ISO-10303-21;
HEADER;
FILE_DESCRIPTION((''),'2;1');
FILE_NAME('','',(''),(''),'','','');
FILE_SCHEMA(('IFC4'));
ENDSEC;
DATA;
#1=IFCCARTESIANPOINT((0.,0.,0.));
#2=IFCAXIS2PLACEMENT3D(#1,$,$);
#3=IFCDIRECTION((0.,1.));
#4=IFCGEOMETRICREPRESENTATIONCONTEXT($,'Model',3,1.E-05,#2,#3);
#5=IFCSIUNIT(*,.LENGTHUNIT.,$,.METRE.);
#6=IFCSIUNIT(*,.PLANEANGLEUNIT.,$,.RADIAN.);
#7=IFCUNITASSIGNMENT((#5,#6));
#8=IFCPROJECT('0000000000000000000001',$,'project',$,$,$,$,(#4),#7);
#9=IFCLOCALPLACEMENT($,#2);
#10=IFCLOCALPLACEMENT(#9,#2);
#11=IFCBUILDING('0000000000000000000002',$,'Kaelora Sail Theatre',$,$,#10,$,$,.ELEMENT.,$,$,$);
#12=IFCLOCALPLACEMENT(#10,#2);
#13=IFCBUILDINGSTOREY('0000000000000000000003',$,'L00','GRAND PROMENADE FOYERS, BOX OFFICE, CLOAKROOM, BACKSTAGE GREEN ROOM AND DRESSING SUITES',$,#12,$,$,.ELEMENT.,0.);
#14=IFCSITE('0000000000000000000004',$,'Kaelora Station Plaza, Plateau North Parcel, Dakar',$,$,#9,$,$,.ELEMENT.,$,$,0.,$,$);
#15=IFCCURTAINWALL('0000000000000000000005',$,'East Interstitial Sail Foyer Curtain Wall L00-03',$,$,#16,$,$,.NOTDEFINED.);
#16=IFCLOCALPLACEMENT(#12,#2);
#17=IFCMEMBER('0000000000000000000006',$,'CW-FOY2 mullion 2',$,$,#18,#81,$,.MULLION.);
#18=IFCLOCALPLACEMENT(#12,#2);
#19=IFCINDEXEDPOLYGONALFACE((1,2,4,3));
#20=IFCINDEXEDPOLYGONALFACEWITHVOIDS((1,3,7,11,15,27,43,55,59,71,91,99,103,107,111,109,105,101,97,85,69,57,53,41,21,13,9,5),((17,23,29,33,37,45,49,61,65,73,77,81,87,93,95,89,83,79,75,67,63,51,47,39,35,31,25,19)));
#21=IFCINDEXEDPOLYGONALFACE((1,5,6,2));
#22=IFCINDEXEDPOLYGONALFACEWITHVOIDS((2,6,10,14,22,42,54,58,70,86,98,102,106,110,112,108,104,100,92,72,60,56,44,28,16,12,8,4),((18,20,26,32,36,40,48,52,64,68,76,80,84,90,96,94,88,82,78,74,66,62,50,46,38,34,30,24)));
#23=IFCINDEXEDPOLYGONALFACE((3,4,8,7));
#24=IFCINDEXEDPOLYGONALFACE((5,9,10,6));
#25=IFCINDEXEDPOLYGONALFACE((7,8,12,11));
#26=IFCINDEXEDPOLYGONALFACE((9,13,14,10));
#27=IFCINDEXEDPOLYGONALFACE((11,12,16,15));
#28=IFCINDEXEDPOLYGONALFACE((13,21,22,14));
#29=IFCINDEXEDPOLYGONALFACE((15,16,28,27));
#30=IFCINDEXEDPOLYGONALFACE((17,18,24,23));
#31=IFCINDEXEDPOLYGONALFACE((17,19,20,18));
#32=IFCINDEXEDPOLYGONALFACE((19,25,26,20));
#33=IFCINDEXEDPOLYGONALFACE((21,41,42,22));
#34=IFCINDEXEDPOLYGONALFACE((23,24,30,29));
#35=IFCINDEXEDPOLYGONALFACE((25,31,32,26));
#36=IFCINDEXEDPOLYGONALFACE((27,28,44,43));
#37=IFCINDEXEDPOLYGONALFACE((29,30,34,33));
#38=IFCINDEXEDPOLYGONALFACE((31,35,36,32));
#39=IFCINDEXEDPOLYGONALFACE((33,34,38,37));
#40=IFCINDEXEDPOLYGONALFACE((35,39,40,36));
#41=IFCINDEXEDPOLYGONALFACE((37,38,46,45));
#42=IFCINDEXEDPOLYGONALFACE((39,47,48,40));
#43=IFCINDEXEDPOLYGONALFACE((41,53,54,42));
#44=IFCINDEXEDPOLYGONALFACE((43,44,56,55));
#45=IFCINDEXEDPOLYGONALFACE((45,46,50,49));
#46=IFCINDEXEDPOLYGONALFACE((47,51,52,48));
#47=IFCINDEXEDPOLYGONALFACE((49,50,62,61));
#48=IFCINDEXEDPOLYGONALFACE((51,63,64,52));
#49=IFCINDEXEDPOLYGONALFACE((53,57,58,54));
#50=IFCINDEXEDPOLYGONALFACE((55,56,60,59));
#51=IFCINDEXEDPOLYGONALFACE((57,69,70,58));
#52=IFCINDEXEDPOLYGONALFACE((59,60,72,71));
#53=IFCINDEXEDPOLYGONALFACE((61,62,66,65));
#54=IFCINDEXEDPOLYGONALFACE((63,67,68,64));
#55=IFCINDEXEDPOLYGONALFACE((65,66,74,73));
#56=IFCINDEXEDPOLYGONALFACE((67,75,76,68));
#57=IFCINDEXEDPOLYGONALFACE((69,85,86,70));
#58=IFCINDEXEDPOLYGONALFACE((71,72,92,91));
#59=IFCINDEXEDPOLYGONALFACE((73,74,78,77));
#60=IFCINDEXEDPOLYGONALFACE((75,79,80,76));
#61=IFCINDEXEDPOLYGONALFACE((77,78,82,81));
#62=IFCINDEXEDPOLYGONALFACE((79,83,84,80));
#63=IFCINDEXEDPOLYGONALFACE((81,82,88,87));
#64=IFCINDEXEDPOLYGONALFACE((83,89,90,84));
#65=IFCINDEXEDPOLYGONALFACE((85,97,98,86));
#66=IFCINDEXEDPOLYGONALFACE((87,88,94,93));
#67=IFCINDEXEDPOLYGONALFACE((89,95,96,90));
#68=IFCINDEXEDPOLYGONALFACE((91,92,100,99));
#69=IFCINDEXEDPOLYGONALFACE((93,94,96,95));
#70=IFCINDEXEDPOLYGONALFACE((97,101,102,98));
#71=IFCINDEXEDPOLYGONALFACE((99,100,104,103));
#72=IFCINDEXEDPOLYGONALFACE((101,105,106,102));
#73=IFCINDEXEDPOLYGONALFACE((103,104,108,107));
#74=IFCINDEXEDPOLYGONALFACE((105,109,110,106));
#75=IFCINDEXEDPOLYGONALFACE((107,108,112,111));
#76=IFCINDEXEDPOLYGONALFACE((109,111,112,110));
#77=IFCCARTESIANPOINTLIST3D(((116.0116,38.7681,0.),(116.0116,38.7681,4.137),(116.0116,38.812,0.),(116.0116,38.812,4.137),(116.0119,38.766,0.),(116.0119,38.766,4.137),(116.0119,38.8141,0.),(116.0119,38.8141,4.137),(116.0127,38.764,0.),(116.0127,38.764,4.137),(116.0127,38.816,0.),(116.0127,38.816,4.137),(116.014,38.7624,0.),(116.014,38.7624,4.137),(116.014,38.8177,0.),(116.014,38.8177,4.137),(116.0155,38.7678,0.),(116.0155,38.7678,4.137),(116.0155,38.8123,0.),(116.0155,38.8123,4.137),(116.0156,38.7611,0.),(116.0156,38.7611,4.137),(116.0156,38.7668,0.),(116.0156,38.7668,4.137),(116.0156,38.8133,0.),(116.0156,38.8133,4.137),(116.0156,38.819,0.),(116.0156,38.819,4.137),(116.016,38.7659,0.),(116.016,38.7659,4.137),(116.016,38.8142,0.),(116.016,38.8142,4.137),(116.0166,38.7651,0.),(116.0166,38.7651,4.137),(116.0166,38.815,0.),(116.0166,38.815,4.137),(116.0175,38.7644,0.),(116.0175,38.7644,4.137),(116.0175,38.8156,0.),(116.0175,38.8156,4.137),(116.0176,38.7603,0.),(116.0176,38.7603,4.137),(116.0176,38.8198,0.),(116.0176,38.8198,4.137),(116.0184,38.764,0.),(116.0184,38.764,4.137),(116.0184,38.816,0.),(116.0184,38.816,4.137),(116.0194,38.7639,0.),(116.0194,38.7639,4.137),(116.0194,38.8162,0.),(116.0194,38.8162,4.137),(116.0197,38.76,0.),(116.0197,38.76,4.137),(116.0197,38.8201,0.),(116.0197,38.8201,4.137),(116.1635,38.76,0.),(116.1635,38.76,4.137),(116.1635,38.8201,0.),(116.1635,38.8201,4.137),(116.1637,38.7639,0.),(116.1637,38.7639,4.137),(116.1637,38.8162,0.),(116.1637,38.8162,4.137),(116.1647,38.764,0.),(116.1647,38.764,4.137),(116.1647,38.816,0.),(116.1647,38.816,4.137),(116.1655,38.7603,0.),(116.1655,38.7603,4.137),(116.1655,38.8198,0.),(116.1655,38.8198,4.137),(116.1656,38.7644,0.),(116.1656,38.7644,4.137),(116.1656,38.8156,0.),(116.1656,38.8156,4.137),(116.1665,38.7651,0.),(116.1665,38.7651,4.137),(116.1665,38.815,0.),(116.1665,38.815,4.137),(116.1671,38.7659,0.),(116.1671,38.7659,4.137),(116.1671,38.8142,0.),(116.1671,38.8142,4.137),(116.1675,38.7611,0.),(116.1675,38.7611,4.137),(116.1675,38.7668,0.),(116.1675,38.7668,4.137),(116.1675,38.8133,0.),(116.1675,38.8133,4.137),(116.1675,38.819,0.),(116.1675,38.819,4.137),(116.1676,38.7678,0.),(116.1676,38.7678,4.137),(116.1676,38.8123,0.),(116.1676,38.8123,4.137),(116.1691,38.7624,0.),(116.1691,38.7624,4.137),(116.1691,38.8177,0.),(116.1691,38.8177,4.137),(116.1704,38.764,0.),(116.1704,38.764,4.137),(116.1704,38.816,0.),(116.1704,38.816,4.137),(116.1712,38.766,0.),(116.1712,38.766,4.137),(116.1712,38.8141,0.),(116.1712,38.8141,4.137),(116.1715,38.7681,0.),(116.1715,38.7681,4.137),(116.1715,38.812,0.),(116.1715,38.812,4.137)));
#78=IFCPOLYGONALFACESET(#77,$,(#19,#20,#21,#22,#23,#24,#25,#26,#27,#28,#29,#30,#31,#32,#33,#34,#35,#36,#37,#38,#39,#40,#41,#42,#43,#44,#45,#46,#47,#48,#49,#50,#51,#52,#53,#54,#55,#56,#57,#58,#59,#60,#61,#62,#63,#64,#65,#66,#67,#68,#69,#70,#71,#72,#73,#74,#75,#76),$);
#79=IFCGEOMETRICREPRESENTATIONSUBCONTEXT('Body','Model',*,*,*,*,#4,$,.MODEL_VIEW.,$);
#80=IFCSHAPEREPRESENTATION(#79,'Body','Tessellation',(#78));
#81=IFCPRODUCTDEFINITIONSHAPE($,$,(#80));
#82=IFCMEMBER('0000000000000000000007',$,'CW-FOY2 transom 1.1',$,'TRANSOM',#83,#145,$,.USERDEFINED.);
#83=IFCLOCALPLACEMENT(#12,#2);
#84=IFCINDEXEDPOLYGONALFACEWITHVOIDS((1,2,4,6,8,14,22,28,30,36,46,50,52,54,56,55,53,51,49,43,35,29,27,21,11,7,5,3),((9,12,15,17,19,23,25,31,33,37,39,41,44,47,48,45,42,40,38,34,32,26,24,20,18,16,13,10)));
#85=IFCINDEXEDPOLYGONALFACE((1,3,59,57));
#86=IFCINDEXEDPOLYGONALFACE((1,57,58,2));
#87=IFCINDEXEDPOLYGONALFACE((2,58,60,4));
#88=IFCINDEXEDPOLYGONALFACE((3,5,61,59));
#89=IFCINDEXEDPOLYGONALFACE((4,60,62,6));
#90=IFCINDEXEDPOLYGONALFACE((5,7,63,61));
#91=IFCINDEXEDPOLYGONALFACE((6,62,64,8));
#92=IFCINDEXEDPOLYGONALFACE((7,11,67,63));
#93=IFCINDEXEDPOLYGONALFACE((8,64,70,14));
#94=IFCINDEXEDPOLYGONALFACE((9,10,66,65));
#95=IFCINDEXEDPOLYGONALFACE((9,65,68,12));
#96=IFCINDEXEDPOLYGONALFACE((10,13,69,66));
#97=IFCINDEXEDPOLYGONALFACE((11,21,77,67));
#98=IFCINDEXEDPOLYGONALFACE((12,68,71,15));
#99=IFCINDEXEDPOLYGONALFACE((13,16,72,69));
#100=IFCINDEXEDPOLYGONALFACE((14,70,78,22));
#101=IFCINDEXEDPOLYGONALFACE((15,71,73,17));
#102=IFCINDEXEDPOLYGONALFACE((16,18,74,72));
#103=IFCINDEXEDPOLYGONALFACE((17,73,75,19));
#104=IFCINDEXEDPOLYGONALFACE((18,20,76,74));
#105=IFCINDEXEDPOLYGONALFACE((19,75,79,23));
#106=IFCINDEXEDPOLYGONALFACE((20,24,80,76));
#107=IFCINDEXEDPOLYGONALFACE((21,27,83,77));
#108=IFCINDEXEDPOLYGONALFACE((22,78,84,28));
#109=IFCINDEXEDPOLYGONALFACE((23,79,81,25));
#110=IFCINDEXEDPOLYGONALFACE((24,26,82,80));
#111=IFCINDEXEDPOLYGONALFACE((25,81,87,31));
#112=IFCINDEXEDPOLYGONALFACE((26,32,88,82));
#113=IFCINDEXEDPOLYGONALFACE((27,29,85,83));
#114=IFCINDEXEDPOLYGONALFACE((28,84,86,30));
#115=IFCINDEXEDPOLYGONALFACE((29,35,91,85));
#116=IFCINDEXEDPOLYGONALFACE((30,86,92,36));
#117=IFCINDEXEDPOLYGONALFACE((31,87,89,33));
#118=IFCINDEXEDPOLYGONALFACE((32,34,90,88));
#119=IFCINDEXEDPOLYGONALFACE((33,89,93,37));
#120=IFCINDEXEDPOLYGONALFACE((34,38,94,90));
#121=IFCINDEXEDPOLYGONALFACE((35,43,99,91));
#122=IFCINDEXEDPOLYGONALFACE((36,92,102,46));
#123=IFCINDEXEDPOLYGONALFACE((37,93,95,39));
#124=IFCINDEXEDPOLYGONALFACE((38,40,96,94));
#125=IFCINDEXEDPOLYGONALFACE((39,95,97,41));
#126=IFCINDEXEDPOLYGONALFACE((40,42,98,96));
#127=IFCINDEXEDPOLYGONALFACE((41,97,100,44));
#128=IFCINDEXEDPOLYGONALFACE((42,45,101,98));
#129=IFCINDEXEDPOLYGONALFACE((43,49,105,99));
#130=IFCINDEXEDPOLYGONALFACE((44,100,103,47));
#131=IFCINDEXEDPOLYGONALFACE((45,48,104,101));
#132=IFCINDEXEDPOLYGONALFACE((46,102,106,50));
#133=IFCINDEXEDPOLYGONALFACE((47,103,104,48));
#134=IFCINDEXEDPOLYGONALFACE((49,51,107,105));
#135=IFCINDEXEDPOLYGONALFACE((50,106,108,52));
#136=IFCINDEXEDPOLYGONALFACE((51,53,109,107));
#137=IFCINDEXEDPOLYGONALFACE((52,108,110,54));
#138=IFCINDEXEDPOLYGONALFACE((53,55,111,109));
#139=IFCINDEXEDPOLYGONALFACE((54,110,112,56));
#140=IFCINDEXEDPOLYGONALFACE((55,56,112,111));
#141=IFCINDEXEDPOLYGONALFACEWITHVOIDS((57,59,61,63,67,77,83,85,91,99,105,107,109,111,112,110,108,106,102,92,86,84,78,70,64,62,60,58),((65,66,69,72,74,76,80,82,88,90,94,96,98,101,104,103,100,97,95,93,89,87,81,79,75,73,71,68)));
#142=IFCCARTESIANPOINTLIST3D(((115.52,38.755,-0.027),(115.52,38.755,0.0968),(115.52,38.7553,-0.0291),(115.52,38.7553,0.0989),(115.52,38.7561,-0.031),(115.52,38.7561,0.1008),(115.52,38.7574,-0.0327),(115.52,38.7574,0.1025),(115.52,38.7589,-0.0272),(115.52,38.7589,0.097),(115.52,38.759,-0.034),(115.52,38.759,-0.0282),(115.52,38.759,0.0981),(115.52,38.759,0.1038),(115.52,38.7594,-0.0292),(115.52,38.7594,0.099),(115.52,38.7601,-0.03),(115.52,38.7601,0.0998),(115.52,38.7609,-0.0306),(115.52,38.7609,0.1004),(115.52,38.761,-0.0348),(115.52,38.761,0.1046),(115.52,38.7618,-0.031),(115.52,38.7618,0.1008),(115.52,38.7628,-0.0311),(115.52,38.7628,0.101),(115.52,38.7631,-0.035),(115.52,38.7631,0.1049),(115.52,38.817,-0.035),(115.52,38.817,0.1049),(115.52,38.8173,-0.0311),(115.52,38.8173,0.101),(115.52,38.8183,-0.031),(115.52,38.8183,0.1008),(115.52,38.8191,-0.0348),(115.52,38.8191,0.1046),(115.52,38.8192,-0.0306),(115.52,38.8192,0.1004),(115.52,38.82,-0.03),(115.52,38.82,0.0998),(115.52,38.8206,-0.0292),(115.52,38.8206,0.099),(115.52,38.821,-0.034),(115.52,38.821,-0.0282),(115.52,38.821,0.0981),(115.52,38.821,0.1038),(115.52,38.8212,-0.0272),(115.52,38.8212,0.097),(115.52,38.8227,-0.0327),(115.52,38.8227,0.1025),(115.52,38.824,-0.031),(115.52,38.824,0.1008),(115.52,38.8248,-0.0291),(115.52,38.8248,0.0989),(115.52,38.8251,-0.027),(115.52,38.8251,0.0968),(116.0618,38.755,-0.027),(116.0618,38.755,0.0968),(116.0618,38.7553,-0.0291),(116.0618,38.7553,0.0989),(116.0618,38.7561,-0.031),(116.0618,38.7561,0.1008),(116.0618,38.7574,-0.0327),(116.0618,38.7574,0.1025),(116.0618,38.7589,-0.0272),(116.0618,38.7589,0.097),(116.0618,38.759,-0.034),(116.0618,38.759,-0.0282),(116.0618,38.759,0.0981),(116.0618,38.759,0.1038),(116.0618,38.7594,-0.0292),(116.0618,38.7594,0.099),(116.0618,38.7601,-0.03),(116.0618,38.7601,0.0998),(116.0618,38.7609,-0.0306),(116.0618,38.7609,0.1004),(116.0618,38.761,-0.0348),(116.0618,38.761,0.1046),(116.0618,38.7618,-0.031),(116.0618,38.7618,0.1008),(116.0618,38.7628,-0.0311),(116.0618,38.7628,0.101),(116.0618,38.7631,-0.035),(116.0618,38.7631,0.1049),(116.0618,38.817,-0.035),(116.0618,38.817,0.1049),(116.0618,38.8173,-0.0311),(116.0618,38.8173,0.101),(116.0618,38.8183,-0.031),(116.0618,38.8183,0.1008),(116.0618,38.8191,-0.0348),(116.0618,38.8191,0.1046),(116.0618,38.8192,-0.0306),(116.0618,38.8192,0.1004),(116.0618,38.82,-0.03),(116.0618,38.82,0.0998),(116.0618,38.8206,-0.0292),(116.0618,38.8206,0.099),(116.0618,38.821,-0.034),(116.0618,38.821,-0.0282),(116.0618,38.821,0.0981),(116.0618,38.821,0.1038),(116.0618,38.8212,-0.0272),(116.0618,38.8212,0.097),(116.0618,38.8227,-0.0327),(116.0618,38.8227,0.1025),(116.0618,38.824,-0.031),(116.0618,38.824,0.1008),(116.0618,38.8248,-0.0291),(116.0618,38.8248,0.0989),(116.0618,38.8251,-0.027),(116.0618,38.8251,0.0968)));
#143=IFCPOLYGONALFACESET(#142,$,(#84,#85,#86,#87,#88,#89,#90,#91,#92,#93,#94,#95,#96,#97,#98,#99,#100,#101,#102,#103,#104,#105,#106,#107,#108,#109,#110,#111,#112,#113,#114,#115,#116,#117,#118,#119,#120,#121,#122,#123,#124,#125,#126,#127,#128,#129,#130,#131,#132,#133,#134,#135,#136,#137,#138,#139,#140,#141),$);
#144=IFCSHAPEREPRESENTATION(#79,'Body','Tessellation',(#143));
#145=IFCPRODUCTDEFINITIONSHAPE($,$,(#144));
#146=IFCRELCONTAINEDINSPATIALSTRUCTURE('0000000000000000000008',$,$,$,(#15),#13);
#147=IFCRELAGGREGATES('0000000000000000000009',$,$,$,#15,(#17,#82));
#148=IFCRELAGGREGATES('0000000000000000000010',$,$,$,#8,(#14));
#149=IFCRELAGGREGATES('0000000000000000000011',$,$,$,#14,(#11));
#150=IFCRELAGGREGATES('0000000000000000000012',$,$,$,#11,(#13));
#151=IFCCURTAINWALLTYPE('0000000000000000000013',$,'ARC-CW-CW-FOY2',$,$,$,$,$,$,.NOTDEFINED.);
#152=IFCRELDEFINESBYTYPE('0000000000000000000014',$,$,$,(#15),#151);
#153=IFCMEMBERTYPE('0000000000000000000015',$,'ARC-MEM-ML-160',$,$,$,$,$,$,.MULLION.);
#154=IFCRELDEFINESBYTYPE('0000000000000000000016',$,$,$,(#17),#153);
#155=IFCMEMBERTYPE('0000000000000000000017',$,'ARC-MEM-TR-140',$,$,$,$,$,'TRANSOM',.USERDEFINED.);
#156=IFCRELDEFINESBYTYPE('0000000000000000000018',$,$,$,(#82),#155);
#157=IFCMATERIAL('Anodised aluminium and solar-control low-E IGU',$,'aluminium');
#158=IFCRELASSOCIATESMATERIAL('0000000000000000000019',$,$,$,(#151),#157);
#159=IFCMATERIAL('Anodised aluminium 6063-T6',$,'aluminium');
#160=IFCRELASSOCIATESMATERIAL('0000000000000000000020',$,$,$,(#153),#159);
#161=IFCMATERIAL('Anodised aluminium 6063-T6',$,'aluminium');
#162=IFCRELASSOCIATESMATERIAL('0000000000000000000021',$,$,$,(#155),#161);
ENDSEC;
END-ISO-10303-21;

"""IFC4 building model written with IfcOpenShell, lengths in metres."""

from ifc_helpers import new_model, si_unit, direction, frame, origin, origin_2d, place, context, subcontext, project, spatial, hollow_rectangle, extrude, material, material_profile, profile_set, type_object, element, aggregate, save


model = new_model("IFC4")

# Units and contexts
model_context = context("Model", 3, precision=1e-05, world=origin(), true_north=direction((0.0, 1.0)))
body_context = subcontext(model_context, "Body", "Model", "MODEL_VIEW")
ifc_project = project(units=[si_unit("LENGTHUNIT", "METRE"), si_unit("PLANEANGLEUNIT", "RADIAN")], contexts=[model_context])

# Site, building, storey
site_placement = place(None, origin())
site = spatial("IfcSite", under=ifc_project, at=site_placement, Name="Kaelora Station Plaza, Plateau North Parcel, Dakar", CompositionType="ELEMENT", RefElevation=0.0)
building_placement = place(site_placement, origin())
building = spatial("IfcBuilding", under=site, at=building_placement, Name="Kaelora Sail Theatre", CompositionType="ELEMENT")
storey_placement = place(building_placement, origin())
storey = spatial("IfcBuildingStorey", under=building, at=storey_placement, Name="L00", Description="GRAND PROMENADE FOYERS, BOX OFFICE, CLOAKROOM, BACKSTAGE GREEN ROOM AND DRESSING SUITES", CompositionType="ELEMENT", Elevation=0.0)

# Shared definitions
ifc_material_1 = material(Name="Anodised aluminium and solar-control low-E IGU", Category="aluminium")
curtain_wall_type = type_object("IfcCurtainWallType", Name="ARC-CW-CW-FOY2", PredefinedType="NOTDEFINED", material=ifc_material_1)
ifc_material_2 = material(Name="Anodised aluminium 6063-T6", Category="aluminium")
ifc_material_profile_1 = material_profile(ifc_material_2, hollow_rectangle(XDim=0.0601, YDim=0.1599, WallThickness=0.0039, InnerFilletRadius=0.0039, OuterFilletRadius=0.0081, at=origin_2d()), Name="ALU-MULL 60x160x4")
ifc_profile_set_1 = profile_set([ifc_material_profile_1], Name="Anodised aluminium 6063-T6")
member_type_1 = type_object("IfcMemberType", Name="ARC-MEM-ML-160", PredefinedType="MULLION", material=ifc_profile_set_1)

# Curtain wall, members
curtain_wall_1_placement = place(storey_placement, origin())
curtain_wall_1 = element("IfcCurtainWall", 1, at=curtain_wall_1_placement, inside=storey, type_object=curtain_wall_type, Name="East Interstitial Sail Foyer Curtain Wall L00-03", PredefinedType="NOTDEFINED")
member_1_placement = place(storey_placement, frame((116.0916, 38.79, 0.0), z_axis=(0.0, 0.0, 1.0), x_axis=(0.0, 1.0, 0.0)))
member_1 = element("IfcMember", 2, at=member_1_placement, type_object=member_type_1, Name="CW-FOY2 mullion 2", PredefinedType="MULLION", context=body_context, shape_type="SweptSolid", body=[
    extrude(hollow_rectangle(XDim=0.0601, YDim=0.1599, WallThickness=0.0039, InnerFilletRadius=0.0039, OuterFilletRadius=0.0081, at=origin_2d()), origin(), (0.0, 0.0, 1.0), 4.137),
])
ifc_material_3 = material(Name="Anodised aluminium 6063-T6", Category="aluminium")
ifc_material_profile_2 = material_profile(ifc_material_3, hollow_rectangle(XDim=0.0701, YDim=0.1399, WallThickness=0.0039, InnerFilletRadius=0.0039, OuterFilletRadius=0.0081, at=origin_2d()), Name="ALU-TRAN 70x140x4")
ifc_profile_set_2 = profile_set([ifc_material_profile_2], Name="Anodised aluminium 6063-T6")
member_type_2 = type_object("IfcMemberType", Name="ARC-MEM-TR-140", ElementType="TRANSOM", PredefinedType="USERDEFINED", material=ifc_profile_set_2)
member_2_placement = place(storey_placement, frame((115.52, 38.79, 0.0349), z_axis=(1.0, 0.0, 0.0), x_axis=(0.0, 1.0, 0.0)))
member_2 = element("IfcMember", 3, at=member_2_placement, type_object=member_type_2, Name="CW-FOY2 transom 1.1", ObjectType="TRANSOM", PredefinedType="USERDEFINED", context=body_context, shape_type="SweptSolid", body=[
    extrude(hollow_rectangle(XDim=0.0701, YDim=0.1399, WallThickness=0.0039, InnerFilletRadius=0.0039, OuterFilletRadius=0.0081, at=origin_2d()), origin(), (0.0, 0.0, 1.0), 0.5417),
])

aggregate(curtain_wall_1, [member_1, member_2])

save(model, "model.ifc")
